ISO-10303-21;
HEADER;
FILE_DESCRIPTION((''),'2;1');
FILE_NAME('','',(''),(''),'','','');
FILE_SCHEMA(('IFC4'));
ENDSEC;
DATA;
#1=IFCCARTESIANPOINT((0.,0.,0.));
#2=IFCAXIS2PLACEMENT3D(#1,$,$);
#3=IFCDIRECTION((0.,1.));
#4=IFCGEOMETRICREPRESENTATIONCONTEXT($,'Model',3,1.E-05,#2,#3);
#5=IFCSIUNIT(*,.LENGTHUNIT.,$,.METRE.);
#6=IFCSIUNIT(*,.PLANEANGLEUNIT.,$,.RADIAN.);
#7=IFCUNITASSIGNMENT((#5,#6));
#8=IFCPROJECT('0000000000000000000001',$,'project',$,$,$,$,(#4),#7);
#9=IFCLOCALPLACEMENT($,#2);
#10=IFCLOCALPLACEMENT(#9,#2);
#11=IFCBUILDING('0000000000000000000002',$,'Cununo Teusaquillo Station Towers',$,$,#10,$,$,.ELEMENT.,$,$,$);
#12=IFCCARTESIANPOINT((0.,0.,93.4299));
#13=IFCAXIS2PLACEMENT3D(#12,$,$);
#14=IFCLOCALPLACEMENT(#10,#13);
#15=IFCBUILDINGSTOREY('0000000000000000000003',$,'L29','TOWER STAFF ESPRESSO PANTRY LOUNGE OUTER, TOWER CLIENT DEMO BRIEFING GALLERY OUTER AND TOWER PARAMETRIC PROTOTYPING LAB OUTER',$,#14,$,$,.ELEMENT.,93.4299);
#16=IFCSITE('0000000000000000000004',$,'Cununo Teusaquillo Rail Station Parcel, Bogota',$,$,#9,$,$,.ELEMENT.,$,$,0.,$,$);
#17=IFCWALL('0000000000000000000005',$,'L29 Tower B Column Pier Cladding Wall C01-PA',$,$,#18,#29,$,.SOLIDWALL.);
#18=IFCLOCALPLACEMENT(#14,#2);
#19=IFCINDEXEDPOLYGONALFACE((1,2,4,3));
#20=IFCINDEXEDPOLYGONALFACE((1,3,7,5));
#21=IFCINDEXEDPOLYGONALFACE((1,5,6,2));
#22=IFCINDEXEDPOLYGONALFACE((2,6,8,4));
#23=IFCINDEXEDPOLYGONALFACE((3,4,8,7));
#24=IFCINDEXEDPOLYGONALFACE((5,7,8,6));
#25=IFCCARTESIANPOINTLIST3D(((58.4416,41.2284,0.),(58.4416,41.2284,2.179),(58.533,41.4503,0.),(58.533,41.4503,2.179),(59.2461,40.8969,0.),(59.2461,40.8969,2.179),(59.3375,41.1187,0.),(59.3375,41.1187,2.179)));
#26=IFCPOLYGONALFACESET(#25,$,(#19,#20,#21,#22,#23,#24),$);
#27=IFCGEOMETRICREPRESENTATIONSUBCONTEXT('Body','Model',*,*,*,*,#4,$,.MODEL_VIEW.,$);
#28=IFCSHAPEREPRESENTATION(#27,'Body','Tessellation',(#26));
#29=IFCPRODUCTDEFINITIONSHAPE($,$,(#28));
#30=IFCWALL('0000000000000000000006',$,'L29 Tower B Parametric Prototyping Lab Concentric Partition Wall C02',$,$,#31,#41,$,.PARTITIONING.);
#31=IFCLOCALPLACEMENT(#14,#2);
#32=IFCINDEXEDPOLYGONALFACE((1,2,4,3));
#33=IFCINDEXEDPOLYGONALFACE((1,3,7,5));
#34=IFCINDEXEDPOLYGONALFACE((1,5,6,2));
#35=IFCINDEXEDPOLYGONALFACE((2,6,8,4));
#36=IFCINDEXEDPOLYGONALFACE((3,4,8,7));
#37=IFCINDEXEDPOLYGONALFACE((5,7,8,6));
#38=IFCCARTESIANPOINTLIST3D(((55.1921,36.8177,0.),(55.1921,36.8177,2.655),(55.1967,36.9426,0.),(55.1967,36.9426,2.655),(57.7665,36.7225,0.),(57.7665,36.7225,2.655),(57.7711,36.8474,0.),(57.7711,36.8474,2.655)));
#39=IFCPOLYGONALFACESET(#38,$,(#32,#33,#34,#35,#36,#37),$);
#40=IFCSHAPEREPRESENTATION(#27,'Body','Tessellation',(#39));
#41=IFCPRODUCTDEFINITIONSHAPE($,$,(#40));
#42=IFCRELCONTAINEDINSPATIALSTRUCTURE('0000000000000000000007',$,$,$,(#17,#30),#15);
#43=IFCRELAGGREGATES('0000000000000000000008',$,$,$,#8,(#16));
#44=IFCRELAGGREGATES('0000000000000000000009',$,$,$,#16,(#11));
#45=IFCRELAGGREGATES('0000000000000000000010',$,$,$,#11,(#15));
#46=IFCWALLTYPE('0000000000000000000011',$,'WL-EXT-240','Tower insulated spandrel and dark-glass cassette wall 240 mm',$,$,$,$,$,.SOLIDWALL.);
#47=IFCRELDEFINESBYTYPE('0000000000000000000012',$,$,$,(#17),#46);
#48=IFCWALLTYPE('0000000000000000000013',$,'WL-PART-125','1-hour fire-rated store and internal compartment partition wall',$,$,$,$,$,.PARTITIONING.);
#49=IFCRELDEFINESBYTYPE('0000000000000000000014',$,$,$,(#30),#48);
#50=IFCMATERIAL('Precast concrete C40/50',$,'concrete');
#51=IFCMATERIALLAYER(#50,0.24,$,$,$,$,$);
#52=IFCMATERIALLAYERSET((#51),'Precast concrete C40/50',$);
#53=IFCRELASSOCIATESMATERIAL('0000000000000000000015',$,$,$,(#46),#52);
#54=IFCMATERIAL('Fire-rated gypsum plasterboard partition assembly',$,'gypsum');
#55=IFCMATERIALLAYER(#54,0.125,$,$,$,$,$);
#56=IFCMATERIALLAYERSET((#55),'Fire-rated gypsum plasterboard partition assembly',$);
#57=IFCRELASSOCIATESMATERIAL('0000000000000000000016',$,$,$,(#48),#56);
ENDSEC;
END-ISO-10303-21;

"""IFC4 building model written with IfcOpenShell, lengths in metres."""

from ifc_helpers import new_model, si_unit, direction, frame, frame_2d, origin, place, context, subcontext, project, spatial, rectangle, extrude, material, layer, layer_set, type_object, element, save


model = new_model("IFC4")

# Units and contexts
model_context = context("Model", 3, precision=1e-05, world=origin(), true_north=direction((0.0, 1.0)))
body_context = subcontext(model_context, "Body", "Model", "MODEL_VIEW")
ifc_project = project(units=[si_unit("LENGTHUNIT", "METRE"), si_unit("PLANEANGLEUNIT", "RADIAN")], contexts=[model_context])

# Site, building, storey
site_placement = place(None, origin())
site = spatial("IfcSite", under=ifc_project, at=site_placement, Name="Cununo Teusaquillo Rail Station Parcel, Bogota", CompositionType="ELEMENT", RefElevation=0.0)
building_placement = place(site_placement, origin())
building = spatial("IfcBuilding", under=site, at=building_placement, Name="Cununo Teusaquillo Station Towers", CompositionType="ELEMENT")
storey_placement = place(building_placement, frame((0.0, 0.0, 93.4299)))
storey = spatial("IfcBuildingStorey", under=building, at=storey_placement, Name="L29", Description="TOWER STAFF ESPRESSO PANTRY LOUNGE OUTER, TOWER CLIENT DEMO BRIEFING GALLERY OUTER AND TOWER PARAMETRIC PROTOTYPING LAB OUTER", CompositionType="ELEMENT", Elevation=93.4299)

# Walls
ifc_material_1 = material(Name="Precast concrete C40/50", Category="concrete")
ifc_layer_1 = layer(ifc_material_1, 0.24)
ifc_layer_set_1 = layer_set([ifc_layer_1], Name="Precast concrete C40/50")
wall_type_1 = type_object("IfcWallType", Name="WL-EXT-240", Description="Tower insulated spandrel and dark-glass cassette wall 240 mm", PredefinedType="SOLIDWALL", material=ifc_layer_set_1)
wall_1_placement = place(storey_placement, frame((58.4873, 41.3394, 0.0), z_axis=(0.0, 0.0, 1.0), x_axis=(0.924556, -0.381046, 0.0)))
element("IfcWall", 1, at=wall_1_placement, inside=storey, type_object=wall_type_1, Name="L29 Tower B Column Pier Cladding Wall C01-PA", PredefinedType="SOLIDWALL", context=body_context, shape_type="SweptSolid", body=[
    extrude(rectangle(XDim=0.8701, YDim=0.24, at=frame_2d((0.4351, 0.0))), origin(), (0.0, 0.0, 1.0), 2.179),
])
ifc_material_2 = material(Name="Fire-rated gypsum plasterboard partition assembly", Category="gypsum")
ifc_layer_2 = layer(ifc_material_2, 0.125)
ifc_layer_set_2 = layer_set([ifc_layer_2], Name="Fire-rated gypsum plasterboard partition assembly")
wall_type_2 = type_object("IfcWallType", Name="WL-PART-125", Description="1-hour fire-rated store and internal compartment partition wall", PredefinedType="PARTITIONING", material=ifc_layer_set_2)
wall_2_placement = place(storey_placement, frame((57.7688, 36.7849, 0.0), z_axis=(0.0, 0.0, 1.0), x_axis=(-0.999317, 0.036959, 0.0)))
element("IfcWall", 2, at=wall_2_placement, inside=storey, type_object=wall_type_2, Name="L29 Tower B Parametric Prototyping Lab Concentric Partition Wall C02", PredefinedType="PARTITIONING", context=body_context, shape_type="SweptSolid", body=[
    extrude(rectangle(XDim=2.5762, YDim=0.125, at=frame_2d((1.2881, 0.0))), origin(), (0.0, 0.0, 1.0), 2.655),
])

save(model, "model.ifc")
